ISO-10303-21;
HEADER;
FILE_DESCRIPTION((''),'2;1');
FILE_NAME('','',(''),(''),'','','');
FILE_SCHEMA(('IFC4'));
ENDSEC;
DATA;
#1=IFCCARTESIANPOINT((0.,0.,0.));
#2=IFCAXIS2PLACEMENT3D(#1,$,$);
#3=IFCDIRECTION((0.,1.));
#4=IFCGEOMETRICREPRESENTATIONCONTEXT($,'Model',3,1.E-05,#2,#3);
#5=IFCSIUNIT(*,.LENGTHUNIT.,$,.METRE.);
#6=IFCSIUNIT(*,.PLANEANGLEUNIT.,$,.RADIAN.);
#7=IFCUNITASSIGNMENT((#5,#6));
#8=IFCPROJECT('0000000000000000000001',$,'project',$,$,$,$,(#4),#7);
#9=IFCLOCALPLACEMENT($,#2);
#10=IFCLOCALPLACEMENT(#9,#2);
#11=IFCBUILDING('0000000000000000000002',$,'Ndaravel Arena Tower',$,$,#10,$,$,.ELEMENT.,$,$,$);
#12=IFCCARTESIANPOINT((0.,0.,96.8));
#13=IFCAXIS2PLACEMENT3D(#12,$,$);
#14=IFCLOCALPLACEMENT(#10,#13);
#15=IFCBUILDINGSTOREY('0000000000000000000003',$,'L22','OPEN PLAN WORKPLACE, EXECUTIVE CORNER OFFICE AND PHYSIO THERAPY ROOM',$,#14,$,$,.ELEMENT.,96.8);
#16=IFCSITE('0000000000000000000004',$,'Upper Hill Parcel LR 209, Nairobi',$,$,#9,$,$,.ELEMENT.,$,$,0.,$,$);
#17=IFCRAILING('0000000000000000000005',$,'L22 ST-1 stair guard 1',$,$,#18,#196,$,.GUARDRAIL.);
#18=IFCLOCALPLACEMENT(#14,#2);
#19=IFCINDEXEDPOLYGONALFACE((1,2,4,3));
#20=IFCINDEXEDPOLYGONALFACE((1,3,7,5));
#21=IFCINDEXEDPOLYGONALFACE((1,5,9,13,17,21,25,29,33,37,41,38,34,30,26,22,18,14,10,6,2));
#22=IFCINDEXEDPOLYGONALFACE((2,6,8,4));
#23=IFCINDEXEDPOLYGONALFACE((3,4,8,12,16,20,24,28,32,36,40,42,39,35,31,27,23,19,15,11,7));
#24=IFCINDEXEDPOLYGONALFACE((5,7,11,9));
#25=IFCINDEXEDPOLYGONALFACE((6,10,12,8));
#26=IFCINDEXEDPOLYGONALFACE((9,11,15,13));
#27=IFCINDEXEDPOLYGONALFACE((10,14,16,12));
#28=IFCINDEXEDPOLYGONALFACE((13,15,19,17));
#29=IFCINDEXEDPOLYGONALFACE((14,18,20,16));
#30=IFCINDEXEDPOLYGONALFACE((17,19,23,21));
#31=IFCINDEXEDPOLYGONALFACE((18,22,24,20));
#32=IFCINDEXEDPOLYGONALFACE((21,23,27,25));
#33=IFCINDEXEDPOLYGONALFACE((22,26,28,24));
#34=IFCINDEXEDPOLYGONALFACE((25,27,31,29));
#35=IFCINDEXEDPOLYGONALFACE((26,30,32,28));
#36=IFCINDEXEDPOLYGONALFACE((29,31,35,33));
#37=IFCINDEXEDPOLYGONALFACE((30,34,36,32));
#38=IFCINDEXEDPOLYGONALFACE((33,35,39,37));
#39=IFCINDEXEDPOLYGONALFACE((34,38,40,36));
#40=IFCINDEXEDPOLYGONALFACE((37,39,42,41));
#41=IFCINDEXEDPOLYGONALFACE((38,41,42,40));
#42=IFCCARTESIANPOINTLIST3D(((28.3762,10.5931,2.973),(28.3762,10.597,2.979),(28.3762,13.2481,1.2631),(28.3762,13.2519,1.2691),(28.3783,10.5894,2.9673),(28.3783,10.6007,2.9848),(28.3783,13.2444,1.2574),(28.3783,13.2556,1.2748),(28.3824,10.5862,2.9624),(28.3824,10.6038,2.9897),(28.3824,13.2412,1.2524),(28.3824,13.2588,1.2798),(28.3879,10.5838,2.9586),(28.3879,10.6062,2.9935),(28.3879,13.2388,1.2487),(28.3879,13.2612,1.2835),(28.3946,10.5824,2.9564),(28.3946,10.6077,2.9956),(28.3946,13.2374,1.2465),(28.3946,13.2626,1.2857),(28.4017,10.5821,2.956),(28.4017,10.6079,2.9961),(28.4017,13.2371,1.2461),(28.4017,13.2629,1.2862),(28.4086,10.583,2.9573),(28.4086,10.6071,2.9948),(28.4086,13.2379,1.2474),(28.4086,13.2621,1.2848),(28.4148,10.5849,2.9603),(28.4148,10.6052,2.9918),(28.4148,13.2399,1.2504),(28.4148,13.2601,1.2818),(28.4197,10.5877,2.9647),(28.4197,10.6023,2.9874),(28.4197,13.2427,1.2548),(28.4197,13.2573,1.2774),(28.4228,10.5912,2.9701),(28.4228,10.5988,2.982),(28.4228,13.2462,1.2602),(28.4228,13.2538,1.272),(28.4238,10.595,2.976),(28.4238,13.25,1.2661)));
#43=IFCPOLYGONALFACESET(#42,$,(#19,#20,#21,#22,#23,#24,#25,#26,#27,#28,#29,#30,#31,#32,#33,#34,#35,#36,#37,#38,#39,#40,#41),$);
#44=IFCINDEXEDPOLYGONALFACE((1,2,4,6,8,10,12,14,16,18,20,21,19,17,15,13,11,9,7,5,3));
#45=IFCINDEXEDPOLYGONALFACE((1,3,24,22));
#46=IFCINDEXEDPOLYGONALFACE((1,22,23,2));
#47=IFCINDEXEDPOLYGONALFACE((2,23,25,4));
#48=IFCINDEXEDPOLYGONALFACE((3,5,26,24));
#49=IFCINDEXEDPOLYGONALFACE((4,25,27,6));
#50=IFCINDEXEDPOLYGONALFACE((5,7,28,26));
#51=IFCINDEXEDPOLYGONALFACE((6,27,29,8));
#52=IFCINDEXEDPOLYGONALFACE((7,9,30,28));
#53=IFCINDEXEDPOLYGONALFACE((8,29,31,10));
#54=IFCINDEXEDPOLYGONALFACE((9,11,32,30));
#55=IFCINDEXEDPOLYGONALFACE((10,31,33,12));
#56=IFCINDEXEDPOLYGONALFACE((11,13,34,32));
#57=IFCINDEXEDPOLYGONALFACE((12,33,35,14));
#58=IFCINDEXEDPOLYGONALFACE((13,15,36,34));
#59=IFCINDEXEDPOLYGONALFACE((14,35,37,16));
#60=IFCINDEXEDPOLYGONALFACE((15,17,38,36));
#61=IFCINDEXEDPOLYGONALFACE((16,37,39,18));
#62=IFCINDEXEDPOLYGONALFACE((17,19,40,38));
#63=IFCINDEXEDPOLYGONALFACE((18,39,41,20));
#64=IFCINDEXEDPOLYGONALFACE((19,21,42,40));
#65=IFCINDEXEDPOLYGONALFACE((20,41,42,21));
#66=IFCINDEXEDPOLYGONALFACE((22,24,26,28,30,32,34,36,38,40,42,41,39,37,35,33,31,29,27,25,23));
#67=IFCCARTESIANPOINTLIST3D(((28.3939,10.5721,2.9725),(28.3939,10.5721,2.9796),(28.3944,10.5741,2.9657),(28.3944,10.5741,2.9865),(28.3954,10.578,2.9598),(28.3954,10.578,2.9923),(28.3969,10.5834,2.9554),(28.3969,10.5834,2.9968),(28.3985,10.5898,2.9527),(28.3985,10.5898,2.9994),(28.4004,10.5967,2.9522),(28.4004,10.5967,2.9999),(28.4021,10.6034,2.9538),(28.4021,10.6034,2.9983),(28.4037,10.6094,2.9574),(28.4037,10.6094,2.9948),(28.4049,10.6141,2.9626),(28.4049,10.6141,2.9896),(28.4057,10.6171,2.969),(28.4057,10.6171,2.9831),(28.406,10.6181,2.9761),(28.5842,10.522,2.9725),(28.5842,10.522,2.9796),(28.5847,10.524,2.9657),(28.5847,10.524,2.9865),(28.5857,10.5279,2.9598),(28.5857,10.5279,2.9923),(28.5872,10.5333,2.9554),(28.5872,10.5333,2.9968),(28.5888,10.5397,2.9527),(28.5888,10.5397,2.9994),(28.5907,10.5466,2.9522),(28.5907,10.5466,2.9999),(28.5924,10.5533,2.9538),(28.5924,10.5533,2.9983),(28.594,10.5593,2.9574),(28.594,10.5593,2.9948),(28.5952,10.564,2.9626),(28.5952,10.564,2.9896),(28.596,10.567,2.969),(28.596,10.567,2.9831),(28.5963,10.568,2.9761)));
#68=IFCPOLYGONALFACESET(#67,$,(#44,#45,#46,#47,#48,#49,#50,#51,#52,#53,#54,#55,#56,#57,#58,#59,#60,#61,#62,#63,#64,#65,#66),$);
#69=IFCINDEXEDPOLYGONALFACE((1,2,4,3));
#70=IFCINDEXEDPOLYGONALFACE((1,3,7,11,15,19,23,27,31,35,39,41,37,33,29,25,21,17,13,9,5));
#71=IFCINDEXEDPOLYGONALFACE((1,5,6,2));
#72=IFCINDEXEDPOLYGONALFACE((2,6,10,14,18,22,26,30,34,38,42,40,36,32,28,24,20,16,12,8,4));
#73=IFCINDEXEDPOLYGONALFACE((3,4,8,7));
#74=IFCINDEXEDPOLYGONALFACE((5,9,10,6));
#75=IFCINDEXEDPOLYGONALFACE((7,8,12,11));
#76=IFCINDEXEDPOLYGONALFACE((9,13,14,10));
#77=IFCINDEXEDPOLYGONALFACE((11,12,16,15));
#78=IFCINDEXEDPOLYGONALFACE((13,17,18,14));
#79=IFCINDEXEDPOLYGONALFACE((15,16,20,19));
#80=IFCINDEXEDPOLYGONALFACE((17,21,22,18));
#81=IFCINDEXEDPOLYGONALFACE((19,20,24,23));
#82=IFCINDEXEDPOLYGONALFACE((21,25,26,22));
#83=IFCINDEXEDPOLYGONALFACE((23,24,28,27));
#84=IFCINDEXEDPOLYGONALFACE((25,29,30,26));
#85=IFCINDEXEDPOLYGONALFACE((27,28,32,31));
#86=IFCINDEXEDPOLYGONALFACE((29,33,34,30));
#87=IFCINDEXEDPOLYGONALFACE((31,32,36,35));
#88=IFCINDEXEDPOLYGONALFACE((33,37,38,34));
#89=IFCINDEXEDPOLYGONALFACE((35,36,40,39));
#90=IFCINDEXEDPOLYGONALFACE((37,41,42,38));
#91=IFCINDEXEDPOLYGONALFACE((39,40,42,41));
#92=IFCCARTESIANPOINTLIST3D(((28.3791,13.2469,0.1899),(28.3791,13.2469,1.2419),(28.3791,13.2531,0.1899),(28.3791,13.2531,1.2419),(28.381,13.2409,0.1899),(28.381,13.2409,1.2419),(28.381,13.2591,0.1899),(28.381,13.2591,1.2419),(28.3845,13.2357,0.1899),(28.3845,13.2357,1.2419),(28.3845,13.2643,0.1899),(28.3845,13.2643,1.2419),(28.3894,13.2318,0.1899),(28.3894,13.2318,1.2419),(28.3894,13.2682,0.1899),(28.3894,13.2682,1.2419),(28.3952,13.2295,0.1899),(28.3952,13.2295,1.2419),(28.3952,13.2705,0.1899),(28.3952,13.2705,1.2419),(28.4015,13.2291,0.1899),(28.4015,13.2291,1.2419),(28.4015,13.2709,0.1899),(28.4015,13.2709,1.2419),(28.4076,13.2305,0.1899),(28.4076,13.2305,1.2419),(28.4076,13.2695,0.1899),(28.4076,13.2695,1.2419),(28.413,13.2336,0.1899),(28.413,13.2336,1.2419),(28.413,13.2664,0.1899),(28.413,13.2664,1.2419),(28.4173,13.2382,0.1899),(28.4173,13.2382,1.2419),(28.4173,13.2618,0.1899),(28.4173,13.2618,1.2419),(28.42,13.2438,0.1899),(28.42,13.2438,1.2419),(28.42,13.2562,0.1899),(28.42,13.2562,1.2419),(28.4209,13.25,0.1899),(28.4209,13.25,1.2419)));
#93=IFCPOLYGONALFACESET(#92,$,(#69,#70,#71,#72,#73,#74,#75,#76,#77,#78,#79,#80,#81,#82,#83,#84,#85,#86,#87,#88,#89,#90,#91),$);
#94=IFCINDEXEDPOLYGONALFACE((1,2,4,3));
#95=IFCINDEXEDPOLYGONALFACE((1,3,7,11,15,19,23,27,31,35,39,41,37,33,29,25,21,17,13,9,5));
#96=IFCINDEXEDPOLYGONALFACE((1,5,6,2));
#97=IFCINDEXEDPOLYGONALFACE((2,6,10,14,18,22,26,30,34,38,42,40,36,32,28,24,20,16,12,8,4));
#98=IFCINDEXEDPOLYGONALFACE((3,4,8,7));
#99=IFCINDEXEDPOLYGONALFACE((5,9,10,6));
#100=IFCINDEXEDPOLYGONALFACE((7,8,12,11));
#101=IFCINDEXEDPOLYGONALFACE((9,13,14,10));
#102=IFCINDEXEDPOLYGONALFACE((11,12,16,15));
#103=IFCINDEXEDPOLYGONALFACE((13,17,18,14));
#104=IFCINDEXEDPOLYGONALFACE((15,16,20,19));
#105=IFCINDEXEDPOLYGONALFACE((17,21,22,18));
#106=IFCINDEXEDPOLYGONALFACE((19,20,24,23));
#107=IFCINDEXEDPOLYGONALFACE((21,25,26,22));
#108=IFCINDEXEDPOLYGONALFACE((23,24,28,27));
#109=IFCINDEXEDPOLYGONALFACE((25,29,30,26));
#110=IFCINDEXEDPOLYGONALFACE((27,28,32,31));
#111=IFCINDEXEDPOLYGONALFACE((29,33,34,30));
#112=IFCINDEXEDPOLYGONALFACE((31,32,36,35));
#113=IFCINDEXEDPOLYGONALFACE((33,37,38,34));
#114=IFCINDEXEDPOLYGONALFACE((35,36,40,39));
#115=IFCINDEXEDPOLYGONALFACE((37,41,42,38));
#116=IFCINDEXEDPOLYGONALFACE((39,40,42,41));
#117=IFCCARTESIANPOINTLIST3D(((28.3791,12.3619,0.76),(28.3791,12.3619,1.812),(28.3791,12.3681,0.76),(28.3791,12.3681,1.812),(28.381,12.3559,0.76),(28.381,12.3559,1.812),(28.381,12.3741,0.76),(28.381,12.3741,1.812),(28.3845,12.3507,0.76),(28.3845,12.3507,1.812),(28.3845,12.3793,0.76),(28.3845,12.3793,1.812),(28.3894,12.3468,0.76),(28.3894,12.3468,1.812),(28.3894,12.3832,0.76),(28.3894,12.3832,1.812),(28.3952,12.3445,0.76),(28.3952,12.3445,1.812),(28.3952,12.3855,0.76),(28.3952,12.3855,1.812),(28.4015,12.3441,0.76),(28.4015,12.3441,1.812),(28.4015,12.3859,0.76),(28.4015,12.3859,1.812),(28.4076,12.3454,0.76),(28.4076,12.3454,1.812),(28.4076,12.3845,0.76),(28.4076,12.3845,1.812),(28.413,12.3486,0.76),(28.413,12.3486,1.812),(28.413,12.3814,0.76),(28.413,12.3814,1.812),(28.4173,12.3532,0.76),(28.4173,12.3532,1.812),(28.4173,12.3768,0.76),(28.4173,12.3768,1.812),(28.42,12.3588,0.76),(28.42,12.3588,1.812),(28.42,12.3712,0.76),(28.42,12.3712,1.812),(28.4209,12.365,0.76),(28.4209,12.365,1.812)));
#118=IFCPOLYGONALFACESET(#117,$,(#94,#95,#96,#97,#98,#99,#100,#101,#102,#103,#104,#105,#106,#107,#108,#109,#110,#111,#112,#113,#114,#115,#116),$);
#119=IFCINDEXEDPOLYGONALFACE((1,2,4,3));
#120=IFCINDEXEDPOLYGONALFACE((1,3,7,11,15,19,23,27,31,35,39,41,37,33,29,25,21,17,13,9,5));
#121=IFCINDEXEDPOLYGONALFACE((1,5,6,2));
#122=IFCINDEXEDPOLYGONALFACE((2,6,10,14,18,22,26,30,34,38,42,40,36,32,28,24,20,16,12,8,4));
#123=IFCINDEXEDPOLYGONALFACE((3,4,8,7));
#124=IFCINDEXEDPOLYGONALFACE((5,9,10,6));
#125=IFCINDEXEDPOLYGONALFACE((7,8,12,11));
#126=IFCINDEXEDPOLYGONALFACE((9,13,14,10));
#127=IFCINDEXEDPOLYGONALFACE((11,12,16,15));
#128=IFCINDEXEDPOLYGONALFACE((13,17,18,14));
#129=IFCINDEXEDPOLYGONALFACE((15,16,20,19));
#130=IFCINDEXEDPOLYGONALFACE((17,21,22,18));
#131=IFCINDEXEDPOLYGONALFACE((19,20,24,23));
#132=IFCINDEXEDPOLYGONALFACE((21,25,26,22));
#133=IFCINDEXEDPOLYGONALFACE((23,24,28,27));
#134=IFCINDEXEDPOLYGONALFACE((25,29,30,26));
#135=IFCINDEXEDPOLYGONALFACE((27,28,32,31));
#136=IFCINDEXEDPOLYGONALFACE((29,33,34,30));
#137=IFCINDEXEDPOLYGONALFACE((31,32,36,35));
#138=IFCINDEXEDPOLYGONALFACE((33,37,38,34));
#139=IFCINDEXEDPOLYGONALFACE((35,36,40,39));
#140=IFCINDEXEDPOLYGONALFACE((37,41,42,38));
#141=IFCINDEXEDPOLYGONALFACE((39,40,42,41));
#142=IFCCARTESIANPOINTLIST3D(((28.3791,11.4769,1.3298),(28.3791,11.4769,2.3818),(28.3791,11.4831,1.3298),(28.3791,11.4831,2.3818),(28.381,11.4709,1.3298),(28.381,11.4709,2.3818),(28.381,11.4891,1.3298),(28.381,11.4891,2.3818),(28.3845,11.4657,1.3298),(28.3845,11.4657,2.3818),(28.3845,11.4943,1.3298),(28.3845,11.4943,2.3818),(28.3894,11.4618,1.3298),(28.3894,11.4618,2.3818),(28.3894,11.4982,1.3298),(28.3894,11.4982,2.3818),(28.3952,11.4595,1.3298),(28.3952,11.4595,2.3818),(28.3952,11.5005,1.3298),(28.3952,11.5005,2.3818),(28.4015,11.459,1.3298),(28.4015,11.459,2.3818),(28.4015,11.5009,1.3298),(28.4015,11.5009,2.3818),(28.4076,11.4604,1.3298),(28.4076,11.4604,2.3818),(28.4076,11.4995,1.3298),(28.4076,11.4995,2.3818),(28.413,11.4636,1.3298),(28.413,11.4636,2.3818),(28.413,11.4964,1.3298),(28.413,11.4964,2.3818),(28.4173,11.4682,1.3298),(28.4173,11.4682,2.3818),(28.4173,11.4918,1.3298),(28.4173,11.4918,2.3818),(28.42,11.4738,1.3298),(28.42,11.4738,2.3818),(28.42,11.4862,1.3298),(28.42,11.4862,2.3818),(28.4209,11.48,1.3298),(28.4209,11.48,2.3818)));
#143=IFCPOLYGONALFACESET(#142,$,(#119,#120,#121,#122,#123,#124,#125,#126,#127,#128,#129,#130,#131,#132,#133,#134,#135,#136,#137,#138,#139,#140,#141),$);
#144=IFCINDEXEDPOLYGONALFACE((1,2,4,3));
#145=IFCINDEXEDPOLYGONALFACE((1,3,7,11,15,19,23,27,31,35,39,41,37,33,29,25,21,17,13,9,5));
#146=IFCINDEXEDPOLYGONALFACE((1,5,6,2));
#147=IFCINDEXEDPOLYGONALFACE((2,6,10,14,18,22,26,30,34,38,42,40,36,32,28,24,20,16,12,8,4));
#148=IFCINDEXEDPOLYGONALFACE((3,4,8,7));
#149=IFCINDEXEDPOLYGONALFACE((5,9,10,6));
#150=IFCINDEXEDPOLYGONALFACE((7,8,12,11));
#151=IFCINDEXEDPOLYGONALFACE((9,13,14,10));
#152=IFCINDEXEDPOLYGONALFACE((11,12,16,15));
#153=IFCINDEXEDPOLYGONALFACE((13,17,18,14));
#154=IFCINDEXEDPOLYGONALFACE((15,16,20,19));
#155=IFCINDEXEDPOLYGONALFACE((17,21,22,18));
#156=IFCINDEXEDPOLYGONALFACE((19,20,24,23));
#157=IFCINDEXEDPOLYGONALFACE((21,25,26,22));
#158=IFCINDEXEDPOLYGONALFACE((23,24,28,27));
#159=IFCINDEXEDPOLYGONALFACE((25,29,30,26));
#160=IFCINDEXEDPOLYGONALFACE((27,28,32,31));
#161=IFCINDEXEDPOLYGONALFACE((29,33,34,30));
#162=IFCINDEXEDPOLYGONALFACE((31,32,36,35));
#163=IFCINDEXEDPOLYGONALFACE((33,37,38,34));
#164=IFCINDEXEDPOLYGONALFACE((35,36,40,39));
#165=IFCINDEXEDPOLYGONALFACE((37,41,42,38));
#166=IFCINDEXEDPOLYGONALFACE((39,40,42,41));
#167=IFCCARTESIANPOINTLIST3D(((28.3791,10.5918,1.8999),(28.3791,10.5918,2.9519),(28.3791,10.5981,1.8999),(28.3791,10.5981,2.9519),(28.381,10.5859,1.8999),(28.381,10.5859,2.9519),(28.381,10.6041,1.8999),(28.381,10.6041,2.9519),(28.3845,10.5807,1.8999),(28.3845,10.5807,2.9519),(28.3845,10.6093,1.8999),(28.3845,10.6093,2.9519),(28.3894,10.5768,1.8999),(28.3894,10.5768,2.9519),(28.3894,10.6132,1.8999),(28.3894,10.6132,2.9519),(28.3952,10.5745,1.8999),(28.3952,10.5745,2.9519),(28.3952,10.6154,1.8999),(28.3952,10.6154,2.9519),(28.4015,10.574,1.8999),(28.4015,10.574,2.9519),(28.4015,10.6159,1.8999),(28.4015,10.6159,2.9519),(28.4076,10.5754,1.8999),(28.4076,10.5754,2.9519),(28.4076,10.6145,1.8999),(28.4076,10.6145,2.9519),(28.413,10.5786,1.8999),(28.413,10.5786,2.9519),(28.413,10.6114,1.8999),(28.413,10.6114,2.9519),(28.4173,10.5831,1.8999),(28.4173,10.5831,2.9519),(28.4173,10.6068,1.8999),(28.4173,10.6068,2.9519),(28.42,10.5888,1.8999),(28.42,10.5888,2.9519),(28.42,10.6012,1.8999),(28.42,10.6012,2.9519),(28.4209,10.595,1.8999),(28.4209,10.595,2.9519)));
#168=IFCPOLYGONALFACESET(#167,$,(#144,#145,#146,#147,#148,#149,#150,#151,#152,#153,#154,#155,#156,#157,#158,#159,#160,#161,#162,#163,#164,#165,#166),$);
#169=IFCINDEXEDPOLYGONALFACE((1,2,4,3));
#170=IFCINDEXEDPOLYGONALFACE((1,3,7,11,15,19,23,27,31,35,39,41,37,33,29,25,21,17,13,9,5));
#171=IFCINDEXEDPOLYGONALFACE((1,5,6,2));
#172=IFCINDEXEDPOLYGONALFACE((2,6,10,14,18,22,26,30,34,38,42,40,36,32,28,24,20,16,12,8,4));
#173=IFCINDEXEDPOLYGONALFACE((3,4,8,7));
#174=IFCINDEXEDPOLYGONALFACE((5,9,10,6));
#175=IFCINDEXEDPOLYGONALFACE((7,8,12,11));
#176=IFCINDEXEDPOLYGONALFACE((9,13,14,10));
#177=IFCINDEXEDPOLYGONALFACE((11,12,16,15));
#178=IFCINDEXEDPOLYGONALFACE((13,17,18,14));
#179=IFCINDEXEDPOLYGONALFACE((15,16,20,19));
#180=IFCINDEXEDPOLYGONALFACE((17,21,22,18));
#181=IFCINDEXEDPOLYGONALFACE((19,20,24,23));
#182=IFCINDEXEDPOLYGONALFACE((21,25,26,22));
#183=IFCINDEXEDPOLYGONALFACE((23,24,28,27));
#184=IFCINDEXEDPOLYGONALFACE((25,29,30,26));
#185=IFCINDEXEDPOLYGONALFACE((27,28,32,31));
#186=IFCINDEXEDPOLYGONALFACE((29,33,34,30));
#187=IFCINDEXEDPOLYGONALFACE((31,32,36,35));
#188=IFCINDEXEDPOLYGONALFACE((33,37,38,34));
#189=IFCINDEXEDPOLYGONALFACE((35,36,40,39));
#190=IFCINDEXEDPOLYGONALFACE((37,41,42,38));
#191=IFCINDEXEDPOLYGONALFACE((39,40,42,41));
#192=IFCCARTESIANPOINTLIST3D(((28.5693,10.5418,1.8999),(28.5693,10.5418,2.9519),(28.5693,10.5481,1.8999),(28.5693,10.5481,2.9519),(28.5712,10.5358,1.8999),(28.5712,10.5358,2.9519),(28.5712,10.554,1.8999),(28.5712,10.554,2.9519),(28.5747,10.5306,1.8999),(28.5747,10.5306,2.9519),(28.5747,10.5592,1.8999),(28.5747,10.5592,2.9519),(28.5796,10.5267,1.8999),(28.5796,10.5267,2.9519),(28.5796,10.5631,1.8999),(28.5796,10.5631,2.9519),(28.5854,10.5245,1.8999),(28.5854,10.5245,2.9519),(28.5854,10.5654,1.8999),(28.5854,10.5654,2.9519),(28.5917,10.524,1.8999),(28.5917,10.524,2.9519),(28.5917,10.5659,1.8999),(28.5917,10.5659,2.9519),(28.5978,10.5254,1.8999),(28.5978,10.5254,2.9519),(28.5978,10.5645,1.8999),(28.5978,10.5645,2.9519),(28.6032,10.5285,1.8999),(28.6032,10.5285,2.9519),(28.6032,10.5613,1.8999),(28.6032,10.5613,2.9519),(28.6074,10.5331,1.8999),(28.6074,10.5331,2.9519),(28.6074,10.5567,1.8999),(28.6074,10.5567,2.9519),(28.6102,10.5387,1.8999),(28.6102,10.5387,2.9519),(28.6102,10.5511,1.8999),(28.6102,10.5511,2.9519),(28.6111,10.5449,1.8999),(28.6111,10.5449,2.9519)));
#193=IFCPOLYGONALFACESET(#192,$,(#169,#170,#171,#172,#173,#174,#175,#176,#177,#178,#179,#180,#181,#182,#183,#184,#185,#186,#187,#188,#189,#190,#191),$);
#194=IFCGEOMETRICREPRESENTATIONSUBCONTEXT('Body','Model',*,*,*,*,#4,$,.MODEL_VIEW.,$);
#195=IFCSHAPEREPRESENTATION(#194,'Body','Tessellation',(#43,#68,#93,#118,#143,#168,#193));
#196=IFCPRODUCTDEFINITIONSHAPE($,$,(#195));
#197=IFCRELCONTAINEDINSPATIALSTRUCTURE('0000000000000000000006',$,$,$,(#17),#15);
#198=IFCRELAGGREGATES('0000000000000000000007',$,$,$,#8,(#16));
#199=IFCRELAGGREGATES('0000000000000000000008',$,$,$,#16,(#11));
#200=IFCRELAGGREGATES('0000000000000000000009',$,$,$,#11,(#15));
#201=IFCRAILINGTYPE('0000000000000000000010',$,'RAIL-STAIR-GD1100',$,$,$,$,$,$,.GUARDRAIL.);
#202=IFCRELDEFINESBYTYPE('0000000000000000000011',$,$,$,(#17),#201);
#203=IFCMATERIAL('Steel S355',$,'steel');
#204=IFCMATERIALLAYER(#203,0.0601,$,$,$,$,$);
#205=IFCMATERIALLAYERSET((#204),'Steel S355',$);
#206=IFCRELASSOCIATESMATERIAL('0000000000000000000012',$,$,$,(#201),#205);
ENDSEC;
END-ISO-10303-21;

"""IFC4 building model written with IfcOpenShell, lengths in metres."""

from ifc_helpers import new_model, si_unit, direction, frame, origin, origin_2d, place, context, subcontext, project, spatial, circle, extrude, material, layer, layer_set, type_object, element, save


model = new_model("IFC4")

# Units and contexts
model_context = context("Model", 3, precision=1e-05, world=origin(), true_north=direction((0.0, 1.0)))
body_context = subcontext(model_context, "Body", "Model", "MODEL_VIEW")
ifc_project = project(units=[si_unit("LENGTHUNIT", "METRE"), si_unit("PLANEANGLEUNIT", "RADIAN")], contexts=[model_context])

# Site, building, storey
site_placement = place(None, origin())
site = spatial("IfcSite", under=ifc_project, at=site_placement, Name="Upper Hill Parcel LR 209, Nairobi", CompositionType="ELEMENT", RefElevation=0.0)
building_placement = place(site_placement, origin())
building = spatial("IfcBuilding", under=site, at=building_placement, Name="Ndaravel Arena Tower", CompositionType="ELEMENT")
storey_placement = place(building_placement, frame((0.0, 0.0, 96.8)))
storey = spatial("IfcBuildingStorey", under=building, at=storey_placement, Name="L22", Description="OPEN PLAN WORKPLACE, EXECUTIVE CORNER OFFICE AND PHYSIO THERAPY ROOM", CompositionType="ELEMENT", Elevation=96.8)

# Railing
ifc_material_1 = material(Name="Steel S355", Category="steel")
ifc_layer_1 = layer(ifc_material_1, 0.0601)
ifc_layer_set_1 = layer_set([ifc_layer_1], Name="Steel S355")
railing_type_1 = type_object("IfcRailingType", Name="RAIL-STAIR-GD1100", PredefinedType="GUARDRAIL", material=ifc_layer_set_1)
railing_1_placement = place(storey_placement, frame((28.3999, 13.25, 0.1899)))
element("IfcRailing", 1, at=railing_1_placement, inside=storey, type_object=railing_type_1, Name="L22 ST-1 stair guard 1", PredefinedType="GUARDRAIL", context=body_context, shape_type="SweptSolid", body=[
    extrude(circle(Radius=0.0239, at=origin_2d()), frame((0.0, 0.0, 1.0762), z_axis=(0.0, -0.840724, 0.541465), x_axis=(1.0, 0.0, 0.0)), (0.0, 0.0, 1.0), 3.158),
    extrude(circle(Radius=0.0239, at=origin_2d()), frame((0.0, -2.655, 2.7861), z_axis=(0.967075, -0.254493, 0.0), x_axis=(0.254493, 0.967075, 0.0)), (0.0, 0.0, 1.0), 0.1968),
    extrude(circle(Radius=0.021, at=origin_2d()), origin(), (0.0, 0.0, 1.0), 1.052),
    extrude(circle(Radius=0.021, at=origin_2d()), frame((0.0, -0.885, 0.5701)), (0.0, 0.0, 1.0), 1.052),
    extrude(circle(Radius=0.021, at=origin_2d()), frame((0.0, -1.77, 1.1399)), (0.0, 0.0, 1.0), 1.052),
    extrude(circle(Radius=0.021, at=origin_2d()), frame((0.0, -2.655, 1.71)), (0.0, 0.0, 1.0), 1.052),
    extrude(circle(Radius=0.021, at=origin_2d()), frame((0.1902, -2.7051, 1.71)), (0.0, 0.0, 1.0), 1.052),
])

save(model, "model.ifc")
